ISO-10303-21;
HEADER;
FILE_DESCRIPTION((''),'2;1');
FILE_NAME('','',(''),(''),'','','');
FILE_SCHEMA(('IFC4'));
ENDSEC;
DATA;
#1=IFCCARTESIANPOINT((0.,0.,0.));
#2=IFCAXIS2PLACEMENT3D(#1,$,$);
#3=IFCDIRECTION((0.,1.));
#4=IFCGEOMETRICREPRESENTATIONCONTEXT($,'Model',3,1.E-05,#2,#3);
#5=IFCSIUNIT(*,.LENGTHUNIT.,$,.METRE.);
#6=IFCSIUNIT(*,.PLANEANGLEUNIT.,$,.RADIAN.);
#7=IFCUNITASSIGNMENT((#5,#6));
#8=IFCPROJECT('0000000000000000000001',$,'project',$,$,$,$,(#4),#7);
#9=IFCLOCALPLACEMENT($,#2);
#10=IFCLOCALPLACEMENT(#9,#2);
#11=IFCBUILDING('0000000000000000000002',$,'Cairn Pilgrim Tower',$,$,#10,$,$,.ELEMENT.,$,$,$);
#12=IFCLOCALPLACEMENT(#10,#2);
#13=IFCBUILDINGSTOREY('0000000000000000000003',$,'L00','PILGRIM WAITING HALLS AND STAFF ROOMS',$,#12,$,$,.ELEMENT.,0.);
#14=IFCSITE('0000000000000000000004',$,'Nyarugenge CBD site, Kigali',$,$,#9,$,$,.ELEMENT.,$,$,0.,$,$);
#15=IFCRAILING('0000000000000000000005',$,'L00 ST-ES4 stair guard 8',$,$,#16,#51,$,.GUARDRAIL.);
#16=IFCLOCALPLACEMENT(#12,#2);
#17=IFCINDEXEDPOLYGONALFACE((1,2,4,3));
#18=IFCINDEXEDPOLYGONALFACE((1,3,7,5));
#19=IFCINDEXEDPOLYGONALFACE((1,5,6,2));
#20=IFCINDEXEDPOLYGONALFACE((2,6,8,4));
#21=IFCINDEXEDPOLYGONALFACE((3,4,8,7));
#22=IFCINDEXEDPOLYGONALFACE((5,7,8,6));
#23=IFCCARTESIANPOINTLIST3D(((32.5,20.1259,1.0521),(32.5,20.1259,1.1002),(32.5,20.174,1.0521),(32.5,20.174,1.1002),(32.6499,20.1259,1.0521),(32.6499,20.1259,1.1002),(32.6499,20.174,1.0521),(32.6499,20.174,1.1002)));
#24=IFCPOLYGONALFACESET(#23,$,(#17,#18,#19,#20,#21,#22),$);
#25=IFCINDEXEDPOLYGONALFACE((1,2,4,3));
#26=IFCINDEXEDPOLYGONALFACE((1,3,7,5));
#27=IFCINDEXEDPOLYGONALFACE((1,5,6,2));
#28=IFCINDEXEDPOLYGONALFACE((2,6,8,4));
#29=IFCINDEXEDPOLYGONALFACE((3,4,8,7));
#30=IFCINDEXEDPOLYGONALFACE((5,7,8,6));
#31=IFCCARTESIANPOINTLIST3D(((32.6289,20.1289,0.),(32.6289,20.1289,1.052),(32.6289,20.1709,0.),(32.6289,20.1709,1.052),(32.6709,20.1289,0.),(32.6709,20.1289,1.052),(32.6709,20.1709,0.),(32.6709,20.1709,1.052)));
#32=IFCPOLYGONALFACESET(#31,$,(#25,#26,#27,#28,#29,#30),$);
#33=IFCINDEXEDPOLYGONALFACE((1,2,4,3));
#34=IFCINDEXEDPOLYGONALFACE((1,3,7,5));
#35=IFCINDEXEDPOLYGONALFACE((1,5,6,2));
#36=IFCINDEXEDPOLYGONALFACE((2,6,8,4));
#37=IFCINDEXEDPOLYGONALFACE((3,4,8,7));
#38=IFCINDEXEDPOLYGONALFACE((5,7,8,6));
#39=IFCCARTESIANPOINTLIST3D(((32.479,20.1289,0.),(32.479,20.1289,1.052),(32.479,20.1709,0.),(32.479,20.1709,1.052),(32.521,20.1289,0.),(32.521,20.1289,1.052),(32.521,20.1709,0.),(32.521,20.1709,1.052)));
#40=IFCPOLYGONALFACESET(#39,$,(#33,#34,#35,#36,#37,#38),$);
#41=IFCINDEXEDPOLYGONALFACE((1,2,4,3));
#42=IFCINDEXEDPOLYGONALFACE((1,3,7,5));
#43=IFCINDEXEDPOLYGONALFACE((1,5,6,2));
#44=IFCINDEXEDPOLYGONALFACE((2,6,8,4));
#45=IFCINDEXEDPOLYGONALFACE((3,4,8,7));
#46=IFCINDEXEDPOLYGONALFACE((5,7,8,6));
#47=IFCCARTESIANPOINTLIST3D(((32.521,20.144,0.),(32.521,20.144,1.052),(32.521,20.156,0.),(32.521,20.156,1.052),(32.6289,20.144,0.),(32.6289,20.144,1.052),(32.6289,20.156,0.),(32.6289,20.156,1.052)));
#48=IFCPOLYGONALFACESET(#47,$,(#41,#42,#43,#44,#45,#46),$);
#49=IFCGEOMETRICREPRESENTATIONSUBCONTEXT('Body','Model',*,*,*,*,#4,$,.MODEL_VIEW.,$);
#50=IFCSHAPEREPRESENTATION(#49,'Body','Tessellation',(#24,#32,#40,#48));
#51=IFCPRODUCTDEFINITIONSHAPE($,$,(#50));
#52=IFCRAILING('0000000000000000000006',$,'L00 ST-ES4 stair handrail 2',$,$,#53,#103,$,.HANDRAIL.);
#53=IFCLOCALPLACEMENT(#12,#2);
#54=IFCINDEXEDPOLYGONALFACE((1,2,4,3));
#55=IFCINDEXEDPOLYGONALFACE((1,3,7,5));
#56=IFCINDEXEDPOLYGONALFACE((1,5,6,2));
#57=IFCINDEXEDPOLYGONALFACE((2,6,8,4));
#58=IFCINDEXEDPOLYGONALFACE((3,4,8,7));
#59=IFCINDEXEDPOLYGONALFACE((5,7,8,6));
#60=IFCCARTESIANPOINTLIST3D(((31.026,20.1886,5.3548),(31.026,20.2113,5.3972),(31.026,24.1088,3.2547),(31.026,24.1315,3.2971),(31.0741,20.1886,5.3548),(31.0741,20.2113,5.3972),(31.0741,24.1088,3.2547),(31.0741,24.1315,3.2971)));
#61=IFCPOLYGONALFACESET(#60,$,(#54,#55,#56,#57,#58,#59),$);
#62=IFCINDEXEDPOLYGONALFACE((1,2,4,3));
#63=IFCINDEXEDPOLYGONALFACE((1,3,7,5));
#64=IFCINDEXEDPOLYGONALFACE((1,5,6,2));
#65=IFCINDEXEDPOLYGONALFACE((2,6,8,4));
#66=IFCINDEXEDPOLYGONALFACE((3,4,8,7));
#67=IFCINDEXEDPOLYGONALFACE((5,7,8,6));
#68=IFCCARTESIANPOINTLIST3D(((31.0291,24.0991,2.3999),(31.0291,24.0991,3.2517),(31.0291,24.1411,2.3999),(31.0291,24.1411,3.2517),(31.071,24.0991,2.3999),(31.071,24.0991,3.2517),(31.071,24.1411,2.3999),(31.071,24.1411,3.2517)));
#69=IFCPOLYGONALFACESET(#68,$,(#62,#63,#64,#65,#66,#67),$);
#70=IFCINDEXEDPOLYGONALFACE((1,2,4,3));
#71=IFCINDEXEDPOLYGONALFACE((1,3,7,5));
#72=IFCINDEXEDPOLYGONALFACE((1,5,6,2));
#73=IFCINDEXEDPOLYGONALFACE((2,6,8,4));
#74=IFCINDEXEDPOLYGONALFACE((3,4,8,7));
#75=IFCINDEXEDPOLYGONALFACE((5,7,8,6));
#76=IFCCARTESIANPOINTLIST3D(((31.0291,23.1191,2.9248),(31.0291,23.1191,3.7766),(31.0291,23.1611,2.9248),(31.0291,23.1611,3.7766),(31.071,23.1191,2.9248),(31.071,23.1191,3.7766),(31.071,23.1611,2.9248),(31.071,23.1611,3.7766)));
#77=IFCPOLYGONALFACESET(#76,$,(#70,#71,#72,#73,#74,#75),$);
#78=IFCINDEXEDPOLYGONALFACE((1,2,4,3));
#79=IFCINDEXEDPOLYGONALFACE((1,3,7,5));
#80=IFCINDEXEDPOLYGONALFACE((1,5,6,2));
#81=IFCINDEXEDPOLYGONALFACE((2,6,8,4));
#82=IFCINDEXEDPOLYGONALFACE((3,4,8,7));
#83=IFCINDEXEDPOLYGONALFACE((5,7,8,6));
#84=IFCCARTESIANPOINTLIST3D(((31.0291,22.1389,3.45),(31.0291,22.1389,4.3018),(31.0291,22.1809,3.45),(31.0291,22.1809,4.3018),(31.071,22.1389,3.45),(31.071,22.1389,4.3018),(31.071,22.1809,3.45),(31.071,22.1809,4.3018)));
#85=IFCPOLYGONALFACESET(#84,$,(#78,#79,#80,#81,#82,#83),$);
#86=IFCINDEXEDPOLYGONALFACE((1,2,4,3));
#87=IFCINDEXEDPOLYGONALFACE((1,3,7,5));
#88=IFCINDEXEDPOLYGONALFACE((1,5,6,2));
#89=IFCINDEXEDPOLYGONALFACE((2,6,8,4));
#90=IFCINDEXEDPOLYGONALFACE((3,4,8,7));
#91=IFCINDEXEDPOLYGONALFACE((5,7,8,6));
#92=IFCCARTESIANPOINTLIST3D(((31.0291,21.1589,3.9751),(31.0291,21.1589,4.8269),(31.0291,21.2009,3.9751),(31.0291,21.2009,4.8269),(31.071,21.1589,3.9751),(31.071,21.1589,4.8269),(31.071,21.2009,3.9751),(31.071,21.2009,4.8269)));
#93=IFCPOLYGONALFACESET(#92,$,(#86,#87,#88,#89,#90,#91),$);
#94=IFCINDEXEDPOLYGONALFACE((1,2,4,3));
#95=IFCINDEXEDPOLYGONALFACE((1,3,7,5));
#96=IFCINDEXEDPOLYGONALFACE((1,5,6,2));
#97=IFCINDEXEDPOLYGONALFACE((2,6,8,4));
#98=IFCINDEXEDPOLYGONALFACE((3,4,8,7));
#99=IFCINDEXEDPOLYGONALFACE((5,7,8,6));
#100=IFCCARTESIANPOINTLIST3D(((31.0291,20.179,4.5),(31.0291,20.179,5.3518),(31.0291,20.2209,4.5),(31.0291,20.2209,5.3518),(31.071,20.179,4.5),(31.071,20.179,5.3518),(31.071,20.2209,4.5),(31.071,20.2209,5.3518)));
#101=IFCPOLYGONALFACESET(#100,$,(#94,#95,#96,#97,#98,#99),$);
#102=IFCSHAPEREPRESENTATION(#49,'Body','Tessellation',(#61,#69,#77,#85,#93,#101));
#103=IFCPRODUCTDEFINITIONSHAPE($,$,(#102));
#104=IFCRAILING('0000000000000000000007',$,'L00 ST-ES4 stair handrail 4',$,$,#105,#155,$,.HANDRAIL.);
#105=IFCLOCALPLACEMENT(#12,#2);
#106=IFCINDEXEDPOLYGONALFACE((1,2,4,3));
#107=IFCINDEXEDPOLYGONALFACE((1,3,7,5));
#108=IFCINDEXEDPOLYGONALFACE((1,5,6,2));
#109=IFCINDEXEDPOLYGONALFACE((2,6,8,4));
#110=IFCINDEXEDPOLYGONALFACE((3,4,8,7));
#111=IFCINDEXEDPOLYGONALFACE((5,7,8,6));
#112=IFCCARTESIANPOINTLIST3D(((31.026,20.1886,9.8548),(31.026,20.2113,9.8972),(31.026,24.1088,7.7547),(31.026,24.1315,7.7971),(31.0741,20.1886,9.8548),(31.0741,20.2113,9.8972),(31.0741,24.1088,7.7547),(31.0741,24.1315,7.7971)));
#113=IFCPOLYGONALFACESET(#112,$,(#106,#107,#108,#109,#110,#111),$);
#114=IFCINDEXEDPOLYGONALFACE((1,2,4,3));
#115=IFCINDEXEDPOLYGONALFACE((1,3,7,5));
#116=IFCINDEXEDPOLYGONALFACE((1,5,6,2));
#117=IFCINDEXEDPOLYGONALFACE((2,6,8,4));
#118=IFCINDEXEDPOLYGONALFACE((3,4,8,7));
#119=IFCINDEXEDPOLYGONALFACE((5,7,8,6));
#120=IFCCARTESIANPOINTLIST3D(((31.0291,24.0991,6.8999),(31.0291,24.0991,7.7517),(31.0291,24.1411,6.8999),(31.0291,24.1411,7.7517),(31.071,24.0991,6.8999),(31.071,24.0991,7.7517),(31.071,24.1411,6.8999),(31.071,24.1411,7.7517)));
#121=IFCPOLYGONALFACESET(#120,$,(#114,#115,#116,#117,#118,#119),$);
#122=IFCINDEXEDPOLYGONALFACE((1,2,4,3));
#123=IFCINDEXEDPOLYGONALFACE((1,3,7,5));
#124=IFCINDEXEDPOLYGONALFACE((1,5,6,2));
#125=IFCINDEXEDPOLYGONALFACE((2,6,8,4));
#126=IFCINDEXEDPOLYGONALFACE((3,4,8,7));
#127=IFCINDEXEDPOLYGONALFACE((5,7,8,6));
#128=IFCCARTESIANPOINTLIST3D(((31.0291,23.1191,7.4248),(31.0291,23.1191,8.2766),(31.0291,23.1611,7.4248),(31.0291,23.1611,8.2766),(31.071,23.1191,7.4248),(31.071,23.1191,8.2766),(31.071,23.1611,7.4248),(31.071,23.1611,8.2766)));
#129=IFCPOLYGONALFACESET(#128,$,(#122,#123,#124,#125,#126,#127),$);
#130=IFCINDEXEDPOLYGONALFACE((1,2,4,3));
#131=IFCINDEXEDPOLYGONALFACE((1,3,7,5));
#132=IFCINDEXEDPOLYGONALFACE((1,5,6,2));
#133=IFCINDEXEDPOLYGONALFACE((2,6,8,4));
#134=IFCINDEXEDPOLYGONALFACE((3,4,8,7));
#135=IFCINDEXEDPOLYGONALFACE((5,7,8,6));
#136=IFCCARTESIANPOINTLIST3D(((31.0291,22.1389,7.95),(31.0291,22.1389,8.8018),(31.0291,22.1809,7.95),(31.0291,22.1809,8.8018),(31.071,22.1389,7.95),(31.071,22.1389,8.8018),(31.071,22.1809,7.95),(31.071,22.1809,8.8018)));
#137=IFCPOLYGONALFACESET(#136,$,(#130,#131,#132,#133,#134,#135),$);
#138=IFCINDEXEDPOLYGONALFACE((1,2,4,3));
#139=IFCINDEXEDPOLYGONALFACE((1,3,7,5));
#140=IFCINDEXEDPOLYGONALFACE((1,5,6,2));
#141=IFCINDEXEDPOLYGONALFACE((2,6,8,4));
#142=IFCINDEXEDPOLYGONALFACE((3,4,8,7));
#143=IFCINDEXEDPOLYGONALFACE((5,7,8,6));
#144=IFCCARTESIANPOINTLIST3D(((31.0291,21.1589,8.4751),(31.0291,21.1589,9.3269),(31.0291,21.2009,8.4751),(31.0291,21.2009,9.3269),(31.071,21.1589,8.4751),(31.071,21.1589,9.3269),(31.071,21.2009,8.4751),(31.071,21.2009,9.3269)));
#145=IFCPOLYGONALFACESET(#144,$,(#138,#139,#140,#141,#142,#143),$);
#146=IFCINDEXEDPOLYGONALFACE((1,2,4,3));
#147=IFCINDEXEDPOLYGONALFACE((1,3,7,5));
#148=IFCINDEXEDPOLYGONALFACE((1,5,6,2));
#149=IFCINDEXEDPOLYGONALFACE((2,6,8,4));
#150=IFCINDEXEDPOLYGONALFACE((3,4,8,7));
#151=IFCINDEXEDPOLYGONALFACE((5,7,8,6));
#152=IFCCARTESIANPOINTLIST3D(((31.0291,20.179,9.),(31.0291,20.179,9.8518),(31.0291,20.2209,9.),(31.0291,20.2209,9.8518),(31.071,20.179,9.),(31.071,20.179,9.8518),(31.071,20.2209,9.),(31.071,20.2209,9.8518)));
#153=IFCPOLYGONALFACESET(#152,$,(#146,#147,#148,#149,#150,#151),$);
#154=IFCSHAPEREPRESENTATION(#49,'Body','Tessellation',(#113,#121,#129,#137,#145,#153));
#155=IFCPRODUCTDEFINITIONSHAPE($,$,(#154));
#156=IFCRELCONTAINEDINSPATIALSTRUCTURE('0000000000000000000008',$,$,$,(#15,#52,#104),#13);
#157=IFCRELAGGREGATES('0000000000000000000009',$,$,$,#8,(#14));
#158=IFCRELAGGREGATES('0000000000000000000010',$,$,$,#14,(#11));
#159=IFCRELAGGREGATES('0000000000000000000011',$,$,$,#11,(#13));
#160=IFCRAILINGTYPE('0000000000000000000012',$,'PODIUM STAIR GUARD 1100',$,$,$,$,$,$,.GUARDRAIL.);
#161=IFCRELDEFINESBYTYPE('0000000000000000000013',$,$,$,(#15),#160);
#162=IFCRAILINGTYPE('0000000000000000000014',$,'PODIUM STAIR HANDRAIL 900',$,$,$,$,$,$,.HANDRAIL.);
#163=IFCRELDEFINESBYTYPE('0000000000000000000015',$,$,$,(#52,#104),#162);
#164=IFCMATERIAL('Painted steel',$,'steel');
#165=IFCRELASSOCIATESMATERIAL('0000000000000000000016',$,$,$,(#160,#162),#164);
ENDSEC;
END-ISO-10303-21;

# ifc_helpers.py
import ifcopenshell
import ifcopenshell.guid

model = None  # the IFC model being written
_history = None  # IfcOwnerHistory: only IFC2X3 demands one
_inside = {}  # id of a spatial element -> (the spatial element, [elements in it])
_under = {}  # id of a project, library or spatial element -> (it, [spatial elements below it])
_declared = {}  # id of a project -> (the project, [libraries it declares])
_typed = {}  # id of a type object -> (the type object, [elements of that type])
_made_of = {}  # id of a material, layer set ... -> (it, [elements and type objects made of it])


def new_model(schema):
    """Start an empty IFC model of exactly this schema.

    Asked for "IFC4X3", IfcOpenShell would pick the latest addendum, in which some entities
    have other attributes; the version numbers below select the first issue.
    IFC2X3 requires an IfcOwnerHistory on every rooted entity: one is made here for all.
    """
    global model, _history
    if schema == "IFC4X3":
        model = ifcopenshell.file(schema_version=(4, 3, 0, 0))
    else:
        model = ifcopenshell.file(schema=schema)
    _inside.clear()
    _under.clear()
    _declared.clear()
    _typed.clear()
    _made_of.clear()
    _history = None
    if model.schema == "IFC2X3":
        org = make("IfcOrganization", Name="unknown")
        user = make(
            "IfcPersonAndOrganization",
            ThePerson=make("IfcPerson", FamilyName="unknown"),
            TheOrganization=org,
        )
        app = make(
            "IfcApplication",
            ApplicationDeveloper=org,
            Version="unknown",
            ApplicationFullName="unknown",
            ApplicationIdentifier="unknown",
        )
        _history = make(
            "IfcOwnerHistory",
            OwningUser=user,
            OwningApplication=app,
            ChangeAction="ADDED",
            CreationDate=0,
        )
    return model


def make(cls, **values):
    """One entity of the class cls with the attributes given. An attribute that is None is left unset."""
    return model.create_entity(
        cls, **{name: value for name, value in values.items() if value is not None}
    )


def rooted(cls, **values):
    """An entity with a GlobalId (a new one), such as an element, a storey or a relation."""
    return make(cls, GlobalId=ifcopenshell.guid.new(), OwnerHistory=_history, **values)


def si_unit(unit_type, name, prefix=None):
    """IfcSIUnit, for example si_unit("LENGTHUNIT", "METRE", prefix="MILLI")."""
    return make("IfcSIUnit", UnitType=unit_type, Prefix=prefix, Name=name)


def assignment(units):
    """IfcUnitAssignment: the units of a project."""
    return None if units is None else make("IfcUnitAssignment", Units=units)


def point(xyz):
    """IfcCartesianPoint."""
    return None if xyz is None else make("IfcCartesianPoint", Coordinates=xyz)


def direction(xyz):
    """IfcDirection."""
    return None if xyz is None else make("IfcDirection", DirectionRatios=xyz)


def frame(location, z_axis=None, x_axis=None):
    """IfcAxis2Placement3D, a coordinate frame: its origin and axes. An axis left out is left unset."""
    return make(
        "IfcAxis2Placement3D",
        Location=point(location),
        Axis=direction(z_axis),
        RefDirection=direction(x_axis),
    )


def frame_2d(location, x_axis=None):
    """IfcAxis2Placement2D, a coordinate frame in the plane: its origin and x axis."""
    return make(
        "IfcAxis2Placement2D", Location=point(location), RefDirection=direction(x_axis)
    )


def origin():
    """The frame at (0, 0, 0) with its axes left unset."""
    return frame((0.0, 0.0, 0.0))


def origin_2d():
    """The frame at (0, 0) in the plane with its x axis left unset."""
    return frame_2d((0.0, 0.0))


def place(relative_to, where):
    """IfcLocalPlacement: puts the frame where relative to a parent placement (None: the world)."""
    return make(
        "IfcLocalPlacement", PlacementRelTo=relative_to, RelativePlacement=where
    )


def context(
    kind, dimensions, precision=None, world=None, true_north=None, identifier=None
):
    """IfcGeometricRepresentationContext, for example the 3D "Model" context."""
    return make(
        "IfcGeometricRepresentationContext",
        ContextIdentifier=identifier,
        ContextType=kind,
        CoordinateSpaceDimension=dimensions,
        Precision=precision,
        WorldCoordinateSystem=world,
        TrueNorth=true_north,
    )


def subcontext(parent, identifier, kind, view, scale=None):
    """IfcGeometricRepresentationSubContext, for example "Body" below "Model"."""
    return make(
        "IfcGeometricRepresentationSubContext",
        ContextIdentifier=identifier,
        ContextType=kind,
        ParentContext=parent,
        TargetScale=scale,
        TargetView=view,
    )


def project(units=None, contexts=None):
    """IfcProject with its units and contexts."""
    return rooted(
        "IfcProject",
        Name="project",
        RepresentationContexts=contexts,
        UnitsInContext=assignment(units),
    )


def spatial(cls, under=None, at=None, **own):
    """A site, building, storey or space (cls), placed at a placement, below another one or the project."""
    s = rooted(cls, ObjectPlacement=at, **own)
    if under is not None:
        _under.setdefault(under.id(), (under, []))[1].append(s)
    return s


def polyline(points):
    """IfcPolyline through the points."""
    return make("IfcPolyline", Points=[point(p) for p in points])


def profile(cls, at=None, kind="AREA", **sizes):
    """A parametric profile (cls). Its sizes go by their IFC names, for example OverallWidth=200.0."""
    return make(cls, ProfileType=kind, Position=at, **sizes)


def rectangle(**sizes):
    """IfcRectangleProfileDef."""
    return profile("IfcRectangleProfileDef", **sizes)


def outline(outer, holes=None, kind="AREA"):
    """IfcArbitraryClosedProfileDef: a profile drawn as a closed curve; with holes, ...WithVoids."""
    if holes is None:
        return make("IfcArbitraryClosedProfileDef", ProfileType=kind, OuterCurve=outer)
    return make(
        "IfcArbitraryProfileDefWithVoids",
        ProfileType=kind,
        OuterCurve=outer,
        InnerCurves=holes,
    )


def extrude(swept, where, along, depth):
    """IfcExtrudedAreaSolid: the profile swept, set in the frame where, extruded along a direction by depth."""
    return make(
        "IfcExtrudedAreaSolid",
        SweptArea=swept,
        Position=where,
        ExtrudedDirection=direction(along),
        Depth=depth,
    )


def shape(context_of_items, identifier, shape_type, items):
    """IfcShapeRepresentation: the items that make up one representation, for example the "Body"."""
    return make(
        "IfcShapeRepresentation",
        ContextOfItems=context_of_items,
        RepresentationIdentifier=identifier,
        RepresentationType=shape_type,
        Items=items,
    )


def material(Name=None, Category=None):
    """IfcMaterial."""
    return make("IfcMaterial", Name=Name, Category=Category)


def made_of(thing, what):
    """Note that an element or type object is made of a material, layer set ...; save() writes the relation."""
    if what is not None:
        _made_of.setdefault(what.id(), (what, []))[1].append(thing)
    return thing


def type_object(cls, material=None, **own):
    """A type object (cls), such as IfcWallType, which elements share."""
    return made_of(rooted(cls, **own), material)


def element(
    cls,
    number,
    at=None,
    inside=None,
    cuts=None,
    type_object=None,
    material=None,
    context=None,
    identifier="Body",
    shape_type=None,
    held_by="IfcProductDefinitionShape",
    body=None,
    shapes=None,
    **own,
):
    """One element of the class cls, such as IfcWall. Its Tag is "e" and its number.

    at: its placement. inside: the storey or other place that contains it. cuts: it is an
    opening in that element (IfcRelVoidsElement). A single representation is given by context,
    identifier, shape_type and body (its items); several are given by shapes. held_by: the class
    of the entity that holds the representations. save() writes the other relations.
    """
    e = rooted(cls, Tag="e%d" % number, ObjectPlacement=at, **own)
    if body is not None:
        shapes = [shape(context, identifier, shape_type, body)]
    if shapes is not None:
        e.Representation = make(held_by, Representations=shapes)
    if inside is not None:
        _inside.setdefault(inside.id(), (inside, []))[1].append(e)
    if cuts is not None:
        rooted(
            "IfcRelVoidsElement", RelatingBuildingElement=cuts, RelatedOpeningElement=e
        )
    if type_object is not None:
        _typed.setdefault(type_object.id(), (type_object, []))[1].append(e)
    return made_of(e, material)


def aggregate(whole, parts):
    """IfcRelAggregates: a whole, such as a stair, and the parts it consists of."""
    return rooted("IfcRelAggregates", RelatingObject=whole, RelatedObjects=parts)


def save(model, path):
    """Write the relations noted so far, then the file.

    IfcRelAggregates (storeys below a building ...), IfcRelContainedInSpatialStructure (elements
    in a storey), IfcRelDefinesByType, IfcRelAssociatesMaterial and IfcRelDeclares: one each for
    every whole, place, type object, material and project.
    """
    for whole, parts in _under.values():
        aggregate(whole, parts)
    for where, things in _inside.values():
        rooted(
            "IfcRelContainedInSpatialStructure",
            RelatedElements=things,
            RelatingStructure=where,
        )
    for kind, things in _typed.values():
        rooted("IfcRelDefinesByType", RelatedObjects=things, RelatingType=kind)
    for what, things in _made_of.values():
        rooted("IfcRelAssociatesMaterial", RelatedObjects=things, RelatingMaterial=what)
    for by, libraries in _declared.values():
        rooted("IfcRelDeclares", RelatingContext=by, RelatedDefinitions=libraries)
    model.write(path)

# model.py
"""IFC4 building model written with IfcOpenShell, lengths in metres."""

from ifc_helpers import new_model, si_unit, direction, frame, origin, origin_2d, place, context, subcontext, project, spatial, polyline, rectangle, outline, extrude, material, type_object, element, save


model = new_model("IFC4")

# Units and contexts
model_context = context("Model", 3, precision=1e-05, world=origin(), true_north=direction((0.0, 1.0)))
body_context = subcontext(model_context, "Body", "Model", "MODEL_VIEW")
ifc_project = project(units=[si_unit("LENGTHUNIT", "METRE"), si_unit("PLANEANGLEUNIT", "RADIAN")], contexts=[model_context])

# Site, building, storey
site_placement = place(None, origin())
site = spatial("IfcSite", under=ifc_project, at=site_placement, Name="Nyarugenge CBD site, Kigali", CompositionType="ELEMENT", RefElevation=0.0)
building_placement = place(site_placement, origin())
building = spatial("IfcBuilding", under=site, at=building_placement, Name="Cairn Pilgrim Tower", CompositionType="ELEMENT")
storey_placement = place(building_placement, origin())
storey = spatial("IfcBuildingStorey", under=building, at=storey_placement, Name="L00", Description="PILGRIM WAITING HALLS AND STAFF ROOMS", CompositionType="ELEMENT", Elevation=0.0)

# Shared definitions
ifc_material_1 = material(Name="Painted steel", Category="steel")

# Railings
railing_type_1 = type_object("IfcRailingType", Name="PODIUM STAIR GUARD 1100", PredefinedType="GUARDRAIL", material=ifc_material_1)
railing_1_placement = place(storey_placement, frame((32.6499, 20.1499, 0.0)))
element("IfcRailing", 1, at=railing_1_placement, inside=storey, type_object=railing_type_1, Name="L00 ST-ES4 stair guard 8", PredefinedType="GUARDRAIL", context=body_context, shape_type="SweptSolid", body=[
    extrude(rectangle(XDim=0.0481, YDim=0.0481, at=origin_2d()), frame((0.0, 0.0, 1.0762), z_axis=(-1.0, 0.0, 0.0), x_axis=(0.0, -1.0, 0.0)), (0.0, 0.0, 1.0), 0.1499),
    extrude(rectangle(XDim=0.042, YDim=0.042, at=origin_2d()), origin(), (0.0, 0.0, 1.0), 1.052),
    extrude(rectangle(XDim=0.042, YDim=0.042, at=origin_2d()), frame((-0.1499, 0.0, 0.0)), (0.0, 0.0, 1.0), 1.052),
    extrude(outline(polyline([(0.021, 0.0), (0.1289, 0.0), (0.1289, 1.052), (0.021, 1.052), (0.021, 0.0)])), frame((0.0, -0.0059, 0.0), z_axis=(0.0, 1.0, 0.0), x_axis=(-1.0, 0.0, 0.0)), (0.0, 0.0, 1.0), 0.012),
])
railing_type_2 = type_object("IfcRailingType", Name="PODIUM STAIR HANDRAIL 900", PredefinedType="HANDRAIL", material=ifc_material_1)
for number, where, name in (
    (2, (31.05, 24.1201, 2.3999), "L00 ST-ES4 stair handrail 2"),
    (3, (31.05, 24.1201, 6.8999), "L00 ST-ES4 stair handrail 4"),
):
    element("IfcRailing", number, at=place(storey_placement, frame(where)), inside=storey, type_object=railing_type_2, Name=name, PredefinedType="HANDRAIL", context=body_context, shape_type="SweptSolid", body=[
        extrude(rectangle(XDim=0.0481, YDim=0.0481, at=origin_2d()), frame((0.0, 0.0, 0.876), z_axis=(0.0, -0.881479, 0.472223), x_axis=(1.0, 0.0, 0.0)), (0.0, 0.0, 1.0), 4.4473),
        extrude(rectangle(XDim=0.042, YDim=0.042, at=origin_2d()), origin(), (0.0, 0.0, 1.0), 0.8518),
        extrude(rectangle(XDim=0.042, YDim=0.042, at=origin_2d()), frame((0.0, -0.98, 0.5249)), (0.0, 0.0, 1.0), 0.8518),
        extrude(rectangle(XDim=0.042, YDim=0.042, at=origin_2d()), frame((0.0, -1.9602, 1.05)), (0.0, 0.0, 1.0), 0.8518),
        extrude(rectangle(XDim=0.042, YDim=0.042, at=origin_2d()), frame((0.0, -2.9402, 1.5752)), (0.0, 0.0, 1.0), 0.8518),
        extrude(rectangle(XDim=0.042, YDim=0.042, at=origin_2d()), frame((0.0, -3.9202, 2.1001)), (0.0, 0.0, 1.0), 0.8518),
    ])

save(model, "model.ifc")
